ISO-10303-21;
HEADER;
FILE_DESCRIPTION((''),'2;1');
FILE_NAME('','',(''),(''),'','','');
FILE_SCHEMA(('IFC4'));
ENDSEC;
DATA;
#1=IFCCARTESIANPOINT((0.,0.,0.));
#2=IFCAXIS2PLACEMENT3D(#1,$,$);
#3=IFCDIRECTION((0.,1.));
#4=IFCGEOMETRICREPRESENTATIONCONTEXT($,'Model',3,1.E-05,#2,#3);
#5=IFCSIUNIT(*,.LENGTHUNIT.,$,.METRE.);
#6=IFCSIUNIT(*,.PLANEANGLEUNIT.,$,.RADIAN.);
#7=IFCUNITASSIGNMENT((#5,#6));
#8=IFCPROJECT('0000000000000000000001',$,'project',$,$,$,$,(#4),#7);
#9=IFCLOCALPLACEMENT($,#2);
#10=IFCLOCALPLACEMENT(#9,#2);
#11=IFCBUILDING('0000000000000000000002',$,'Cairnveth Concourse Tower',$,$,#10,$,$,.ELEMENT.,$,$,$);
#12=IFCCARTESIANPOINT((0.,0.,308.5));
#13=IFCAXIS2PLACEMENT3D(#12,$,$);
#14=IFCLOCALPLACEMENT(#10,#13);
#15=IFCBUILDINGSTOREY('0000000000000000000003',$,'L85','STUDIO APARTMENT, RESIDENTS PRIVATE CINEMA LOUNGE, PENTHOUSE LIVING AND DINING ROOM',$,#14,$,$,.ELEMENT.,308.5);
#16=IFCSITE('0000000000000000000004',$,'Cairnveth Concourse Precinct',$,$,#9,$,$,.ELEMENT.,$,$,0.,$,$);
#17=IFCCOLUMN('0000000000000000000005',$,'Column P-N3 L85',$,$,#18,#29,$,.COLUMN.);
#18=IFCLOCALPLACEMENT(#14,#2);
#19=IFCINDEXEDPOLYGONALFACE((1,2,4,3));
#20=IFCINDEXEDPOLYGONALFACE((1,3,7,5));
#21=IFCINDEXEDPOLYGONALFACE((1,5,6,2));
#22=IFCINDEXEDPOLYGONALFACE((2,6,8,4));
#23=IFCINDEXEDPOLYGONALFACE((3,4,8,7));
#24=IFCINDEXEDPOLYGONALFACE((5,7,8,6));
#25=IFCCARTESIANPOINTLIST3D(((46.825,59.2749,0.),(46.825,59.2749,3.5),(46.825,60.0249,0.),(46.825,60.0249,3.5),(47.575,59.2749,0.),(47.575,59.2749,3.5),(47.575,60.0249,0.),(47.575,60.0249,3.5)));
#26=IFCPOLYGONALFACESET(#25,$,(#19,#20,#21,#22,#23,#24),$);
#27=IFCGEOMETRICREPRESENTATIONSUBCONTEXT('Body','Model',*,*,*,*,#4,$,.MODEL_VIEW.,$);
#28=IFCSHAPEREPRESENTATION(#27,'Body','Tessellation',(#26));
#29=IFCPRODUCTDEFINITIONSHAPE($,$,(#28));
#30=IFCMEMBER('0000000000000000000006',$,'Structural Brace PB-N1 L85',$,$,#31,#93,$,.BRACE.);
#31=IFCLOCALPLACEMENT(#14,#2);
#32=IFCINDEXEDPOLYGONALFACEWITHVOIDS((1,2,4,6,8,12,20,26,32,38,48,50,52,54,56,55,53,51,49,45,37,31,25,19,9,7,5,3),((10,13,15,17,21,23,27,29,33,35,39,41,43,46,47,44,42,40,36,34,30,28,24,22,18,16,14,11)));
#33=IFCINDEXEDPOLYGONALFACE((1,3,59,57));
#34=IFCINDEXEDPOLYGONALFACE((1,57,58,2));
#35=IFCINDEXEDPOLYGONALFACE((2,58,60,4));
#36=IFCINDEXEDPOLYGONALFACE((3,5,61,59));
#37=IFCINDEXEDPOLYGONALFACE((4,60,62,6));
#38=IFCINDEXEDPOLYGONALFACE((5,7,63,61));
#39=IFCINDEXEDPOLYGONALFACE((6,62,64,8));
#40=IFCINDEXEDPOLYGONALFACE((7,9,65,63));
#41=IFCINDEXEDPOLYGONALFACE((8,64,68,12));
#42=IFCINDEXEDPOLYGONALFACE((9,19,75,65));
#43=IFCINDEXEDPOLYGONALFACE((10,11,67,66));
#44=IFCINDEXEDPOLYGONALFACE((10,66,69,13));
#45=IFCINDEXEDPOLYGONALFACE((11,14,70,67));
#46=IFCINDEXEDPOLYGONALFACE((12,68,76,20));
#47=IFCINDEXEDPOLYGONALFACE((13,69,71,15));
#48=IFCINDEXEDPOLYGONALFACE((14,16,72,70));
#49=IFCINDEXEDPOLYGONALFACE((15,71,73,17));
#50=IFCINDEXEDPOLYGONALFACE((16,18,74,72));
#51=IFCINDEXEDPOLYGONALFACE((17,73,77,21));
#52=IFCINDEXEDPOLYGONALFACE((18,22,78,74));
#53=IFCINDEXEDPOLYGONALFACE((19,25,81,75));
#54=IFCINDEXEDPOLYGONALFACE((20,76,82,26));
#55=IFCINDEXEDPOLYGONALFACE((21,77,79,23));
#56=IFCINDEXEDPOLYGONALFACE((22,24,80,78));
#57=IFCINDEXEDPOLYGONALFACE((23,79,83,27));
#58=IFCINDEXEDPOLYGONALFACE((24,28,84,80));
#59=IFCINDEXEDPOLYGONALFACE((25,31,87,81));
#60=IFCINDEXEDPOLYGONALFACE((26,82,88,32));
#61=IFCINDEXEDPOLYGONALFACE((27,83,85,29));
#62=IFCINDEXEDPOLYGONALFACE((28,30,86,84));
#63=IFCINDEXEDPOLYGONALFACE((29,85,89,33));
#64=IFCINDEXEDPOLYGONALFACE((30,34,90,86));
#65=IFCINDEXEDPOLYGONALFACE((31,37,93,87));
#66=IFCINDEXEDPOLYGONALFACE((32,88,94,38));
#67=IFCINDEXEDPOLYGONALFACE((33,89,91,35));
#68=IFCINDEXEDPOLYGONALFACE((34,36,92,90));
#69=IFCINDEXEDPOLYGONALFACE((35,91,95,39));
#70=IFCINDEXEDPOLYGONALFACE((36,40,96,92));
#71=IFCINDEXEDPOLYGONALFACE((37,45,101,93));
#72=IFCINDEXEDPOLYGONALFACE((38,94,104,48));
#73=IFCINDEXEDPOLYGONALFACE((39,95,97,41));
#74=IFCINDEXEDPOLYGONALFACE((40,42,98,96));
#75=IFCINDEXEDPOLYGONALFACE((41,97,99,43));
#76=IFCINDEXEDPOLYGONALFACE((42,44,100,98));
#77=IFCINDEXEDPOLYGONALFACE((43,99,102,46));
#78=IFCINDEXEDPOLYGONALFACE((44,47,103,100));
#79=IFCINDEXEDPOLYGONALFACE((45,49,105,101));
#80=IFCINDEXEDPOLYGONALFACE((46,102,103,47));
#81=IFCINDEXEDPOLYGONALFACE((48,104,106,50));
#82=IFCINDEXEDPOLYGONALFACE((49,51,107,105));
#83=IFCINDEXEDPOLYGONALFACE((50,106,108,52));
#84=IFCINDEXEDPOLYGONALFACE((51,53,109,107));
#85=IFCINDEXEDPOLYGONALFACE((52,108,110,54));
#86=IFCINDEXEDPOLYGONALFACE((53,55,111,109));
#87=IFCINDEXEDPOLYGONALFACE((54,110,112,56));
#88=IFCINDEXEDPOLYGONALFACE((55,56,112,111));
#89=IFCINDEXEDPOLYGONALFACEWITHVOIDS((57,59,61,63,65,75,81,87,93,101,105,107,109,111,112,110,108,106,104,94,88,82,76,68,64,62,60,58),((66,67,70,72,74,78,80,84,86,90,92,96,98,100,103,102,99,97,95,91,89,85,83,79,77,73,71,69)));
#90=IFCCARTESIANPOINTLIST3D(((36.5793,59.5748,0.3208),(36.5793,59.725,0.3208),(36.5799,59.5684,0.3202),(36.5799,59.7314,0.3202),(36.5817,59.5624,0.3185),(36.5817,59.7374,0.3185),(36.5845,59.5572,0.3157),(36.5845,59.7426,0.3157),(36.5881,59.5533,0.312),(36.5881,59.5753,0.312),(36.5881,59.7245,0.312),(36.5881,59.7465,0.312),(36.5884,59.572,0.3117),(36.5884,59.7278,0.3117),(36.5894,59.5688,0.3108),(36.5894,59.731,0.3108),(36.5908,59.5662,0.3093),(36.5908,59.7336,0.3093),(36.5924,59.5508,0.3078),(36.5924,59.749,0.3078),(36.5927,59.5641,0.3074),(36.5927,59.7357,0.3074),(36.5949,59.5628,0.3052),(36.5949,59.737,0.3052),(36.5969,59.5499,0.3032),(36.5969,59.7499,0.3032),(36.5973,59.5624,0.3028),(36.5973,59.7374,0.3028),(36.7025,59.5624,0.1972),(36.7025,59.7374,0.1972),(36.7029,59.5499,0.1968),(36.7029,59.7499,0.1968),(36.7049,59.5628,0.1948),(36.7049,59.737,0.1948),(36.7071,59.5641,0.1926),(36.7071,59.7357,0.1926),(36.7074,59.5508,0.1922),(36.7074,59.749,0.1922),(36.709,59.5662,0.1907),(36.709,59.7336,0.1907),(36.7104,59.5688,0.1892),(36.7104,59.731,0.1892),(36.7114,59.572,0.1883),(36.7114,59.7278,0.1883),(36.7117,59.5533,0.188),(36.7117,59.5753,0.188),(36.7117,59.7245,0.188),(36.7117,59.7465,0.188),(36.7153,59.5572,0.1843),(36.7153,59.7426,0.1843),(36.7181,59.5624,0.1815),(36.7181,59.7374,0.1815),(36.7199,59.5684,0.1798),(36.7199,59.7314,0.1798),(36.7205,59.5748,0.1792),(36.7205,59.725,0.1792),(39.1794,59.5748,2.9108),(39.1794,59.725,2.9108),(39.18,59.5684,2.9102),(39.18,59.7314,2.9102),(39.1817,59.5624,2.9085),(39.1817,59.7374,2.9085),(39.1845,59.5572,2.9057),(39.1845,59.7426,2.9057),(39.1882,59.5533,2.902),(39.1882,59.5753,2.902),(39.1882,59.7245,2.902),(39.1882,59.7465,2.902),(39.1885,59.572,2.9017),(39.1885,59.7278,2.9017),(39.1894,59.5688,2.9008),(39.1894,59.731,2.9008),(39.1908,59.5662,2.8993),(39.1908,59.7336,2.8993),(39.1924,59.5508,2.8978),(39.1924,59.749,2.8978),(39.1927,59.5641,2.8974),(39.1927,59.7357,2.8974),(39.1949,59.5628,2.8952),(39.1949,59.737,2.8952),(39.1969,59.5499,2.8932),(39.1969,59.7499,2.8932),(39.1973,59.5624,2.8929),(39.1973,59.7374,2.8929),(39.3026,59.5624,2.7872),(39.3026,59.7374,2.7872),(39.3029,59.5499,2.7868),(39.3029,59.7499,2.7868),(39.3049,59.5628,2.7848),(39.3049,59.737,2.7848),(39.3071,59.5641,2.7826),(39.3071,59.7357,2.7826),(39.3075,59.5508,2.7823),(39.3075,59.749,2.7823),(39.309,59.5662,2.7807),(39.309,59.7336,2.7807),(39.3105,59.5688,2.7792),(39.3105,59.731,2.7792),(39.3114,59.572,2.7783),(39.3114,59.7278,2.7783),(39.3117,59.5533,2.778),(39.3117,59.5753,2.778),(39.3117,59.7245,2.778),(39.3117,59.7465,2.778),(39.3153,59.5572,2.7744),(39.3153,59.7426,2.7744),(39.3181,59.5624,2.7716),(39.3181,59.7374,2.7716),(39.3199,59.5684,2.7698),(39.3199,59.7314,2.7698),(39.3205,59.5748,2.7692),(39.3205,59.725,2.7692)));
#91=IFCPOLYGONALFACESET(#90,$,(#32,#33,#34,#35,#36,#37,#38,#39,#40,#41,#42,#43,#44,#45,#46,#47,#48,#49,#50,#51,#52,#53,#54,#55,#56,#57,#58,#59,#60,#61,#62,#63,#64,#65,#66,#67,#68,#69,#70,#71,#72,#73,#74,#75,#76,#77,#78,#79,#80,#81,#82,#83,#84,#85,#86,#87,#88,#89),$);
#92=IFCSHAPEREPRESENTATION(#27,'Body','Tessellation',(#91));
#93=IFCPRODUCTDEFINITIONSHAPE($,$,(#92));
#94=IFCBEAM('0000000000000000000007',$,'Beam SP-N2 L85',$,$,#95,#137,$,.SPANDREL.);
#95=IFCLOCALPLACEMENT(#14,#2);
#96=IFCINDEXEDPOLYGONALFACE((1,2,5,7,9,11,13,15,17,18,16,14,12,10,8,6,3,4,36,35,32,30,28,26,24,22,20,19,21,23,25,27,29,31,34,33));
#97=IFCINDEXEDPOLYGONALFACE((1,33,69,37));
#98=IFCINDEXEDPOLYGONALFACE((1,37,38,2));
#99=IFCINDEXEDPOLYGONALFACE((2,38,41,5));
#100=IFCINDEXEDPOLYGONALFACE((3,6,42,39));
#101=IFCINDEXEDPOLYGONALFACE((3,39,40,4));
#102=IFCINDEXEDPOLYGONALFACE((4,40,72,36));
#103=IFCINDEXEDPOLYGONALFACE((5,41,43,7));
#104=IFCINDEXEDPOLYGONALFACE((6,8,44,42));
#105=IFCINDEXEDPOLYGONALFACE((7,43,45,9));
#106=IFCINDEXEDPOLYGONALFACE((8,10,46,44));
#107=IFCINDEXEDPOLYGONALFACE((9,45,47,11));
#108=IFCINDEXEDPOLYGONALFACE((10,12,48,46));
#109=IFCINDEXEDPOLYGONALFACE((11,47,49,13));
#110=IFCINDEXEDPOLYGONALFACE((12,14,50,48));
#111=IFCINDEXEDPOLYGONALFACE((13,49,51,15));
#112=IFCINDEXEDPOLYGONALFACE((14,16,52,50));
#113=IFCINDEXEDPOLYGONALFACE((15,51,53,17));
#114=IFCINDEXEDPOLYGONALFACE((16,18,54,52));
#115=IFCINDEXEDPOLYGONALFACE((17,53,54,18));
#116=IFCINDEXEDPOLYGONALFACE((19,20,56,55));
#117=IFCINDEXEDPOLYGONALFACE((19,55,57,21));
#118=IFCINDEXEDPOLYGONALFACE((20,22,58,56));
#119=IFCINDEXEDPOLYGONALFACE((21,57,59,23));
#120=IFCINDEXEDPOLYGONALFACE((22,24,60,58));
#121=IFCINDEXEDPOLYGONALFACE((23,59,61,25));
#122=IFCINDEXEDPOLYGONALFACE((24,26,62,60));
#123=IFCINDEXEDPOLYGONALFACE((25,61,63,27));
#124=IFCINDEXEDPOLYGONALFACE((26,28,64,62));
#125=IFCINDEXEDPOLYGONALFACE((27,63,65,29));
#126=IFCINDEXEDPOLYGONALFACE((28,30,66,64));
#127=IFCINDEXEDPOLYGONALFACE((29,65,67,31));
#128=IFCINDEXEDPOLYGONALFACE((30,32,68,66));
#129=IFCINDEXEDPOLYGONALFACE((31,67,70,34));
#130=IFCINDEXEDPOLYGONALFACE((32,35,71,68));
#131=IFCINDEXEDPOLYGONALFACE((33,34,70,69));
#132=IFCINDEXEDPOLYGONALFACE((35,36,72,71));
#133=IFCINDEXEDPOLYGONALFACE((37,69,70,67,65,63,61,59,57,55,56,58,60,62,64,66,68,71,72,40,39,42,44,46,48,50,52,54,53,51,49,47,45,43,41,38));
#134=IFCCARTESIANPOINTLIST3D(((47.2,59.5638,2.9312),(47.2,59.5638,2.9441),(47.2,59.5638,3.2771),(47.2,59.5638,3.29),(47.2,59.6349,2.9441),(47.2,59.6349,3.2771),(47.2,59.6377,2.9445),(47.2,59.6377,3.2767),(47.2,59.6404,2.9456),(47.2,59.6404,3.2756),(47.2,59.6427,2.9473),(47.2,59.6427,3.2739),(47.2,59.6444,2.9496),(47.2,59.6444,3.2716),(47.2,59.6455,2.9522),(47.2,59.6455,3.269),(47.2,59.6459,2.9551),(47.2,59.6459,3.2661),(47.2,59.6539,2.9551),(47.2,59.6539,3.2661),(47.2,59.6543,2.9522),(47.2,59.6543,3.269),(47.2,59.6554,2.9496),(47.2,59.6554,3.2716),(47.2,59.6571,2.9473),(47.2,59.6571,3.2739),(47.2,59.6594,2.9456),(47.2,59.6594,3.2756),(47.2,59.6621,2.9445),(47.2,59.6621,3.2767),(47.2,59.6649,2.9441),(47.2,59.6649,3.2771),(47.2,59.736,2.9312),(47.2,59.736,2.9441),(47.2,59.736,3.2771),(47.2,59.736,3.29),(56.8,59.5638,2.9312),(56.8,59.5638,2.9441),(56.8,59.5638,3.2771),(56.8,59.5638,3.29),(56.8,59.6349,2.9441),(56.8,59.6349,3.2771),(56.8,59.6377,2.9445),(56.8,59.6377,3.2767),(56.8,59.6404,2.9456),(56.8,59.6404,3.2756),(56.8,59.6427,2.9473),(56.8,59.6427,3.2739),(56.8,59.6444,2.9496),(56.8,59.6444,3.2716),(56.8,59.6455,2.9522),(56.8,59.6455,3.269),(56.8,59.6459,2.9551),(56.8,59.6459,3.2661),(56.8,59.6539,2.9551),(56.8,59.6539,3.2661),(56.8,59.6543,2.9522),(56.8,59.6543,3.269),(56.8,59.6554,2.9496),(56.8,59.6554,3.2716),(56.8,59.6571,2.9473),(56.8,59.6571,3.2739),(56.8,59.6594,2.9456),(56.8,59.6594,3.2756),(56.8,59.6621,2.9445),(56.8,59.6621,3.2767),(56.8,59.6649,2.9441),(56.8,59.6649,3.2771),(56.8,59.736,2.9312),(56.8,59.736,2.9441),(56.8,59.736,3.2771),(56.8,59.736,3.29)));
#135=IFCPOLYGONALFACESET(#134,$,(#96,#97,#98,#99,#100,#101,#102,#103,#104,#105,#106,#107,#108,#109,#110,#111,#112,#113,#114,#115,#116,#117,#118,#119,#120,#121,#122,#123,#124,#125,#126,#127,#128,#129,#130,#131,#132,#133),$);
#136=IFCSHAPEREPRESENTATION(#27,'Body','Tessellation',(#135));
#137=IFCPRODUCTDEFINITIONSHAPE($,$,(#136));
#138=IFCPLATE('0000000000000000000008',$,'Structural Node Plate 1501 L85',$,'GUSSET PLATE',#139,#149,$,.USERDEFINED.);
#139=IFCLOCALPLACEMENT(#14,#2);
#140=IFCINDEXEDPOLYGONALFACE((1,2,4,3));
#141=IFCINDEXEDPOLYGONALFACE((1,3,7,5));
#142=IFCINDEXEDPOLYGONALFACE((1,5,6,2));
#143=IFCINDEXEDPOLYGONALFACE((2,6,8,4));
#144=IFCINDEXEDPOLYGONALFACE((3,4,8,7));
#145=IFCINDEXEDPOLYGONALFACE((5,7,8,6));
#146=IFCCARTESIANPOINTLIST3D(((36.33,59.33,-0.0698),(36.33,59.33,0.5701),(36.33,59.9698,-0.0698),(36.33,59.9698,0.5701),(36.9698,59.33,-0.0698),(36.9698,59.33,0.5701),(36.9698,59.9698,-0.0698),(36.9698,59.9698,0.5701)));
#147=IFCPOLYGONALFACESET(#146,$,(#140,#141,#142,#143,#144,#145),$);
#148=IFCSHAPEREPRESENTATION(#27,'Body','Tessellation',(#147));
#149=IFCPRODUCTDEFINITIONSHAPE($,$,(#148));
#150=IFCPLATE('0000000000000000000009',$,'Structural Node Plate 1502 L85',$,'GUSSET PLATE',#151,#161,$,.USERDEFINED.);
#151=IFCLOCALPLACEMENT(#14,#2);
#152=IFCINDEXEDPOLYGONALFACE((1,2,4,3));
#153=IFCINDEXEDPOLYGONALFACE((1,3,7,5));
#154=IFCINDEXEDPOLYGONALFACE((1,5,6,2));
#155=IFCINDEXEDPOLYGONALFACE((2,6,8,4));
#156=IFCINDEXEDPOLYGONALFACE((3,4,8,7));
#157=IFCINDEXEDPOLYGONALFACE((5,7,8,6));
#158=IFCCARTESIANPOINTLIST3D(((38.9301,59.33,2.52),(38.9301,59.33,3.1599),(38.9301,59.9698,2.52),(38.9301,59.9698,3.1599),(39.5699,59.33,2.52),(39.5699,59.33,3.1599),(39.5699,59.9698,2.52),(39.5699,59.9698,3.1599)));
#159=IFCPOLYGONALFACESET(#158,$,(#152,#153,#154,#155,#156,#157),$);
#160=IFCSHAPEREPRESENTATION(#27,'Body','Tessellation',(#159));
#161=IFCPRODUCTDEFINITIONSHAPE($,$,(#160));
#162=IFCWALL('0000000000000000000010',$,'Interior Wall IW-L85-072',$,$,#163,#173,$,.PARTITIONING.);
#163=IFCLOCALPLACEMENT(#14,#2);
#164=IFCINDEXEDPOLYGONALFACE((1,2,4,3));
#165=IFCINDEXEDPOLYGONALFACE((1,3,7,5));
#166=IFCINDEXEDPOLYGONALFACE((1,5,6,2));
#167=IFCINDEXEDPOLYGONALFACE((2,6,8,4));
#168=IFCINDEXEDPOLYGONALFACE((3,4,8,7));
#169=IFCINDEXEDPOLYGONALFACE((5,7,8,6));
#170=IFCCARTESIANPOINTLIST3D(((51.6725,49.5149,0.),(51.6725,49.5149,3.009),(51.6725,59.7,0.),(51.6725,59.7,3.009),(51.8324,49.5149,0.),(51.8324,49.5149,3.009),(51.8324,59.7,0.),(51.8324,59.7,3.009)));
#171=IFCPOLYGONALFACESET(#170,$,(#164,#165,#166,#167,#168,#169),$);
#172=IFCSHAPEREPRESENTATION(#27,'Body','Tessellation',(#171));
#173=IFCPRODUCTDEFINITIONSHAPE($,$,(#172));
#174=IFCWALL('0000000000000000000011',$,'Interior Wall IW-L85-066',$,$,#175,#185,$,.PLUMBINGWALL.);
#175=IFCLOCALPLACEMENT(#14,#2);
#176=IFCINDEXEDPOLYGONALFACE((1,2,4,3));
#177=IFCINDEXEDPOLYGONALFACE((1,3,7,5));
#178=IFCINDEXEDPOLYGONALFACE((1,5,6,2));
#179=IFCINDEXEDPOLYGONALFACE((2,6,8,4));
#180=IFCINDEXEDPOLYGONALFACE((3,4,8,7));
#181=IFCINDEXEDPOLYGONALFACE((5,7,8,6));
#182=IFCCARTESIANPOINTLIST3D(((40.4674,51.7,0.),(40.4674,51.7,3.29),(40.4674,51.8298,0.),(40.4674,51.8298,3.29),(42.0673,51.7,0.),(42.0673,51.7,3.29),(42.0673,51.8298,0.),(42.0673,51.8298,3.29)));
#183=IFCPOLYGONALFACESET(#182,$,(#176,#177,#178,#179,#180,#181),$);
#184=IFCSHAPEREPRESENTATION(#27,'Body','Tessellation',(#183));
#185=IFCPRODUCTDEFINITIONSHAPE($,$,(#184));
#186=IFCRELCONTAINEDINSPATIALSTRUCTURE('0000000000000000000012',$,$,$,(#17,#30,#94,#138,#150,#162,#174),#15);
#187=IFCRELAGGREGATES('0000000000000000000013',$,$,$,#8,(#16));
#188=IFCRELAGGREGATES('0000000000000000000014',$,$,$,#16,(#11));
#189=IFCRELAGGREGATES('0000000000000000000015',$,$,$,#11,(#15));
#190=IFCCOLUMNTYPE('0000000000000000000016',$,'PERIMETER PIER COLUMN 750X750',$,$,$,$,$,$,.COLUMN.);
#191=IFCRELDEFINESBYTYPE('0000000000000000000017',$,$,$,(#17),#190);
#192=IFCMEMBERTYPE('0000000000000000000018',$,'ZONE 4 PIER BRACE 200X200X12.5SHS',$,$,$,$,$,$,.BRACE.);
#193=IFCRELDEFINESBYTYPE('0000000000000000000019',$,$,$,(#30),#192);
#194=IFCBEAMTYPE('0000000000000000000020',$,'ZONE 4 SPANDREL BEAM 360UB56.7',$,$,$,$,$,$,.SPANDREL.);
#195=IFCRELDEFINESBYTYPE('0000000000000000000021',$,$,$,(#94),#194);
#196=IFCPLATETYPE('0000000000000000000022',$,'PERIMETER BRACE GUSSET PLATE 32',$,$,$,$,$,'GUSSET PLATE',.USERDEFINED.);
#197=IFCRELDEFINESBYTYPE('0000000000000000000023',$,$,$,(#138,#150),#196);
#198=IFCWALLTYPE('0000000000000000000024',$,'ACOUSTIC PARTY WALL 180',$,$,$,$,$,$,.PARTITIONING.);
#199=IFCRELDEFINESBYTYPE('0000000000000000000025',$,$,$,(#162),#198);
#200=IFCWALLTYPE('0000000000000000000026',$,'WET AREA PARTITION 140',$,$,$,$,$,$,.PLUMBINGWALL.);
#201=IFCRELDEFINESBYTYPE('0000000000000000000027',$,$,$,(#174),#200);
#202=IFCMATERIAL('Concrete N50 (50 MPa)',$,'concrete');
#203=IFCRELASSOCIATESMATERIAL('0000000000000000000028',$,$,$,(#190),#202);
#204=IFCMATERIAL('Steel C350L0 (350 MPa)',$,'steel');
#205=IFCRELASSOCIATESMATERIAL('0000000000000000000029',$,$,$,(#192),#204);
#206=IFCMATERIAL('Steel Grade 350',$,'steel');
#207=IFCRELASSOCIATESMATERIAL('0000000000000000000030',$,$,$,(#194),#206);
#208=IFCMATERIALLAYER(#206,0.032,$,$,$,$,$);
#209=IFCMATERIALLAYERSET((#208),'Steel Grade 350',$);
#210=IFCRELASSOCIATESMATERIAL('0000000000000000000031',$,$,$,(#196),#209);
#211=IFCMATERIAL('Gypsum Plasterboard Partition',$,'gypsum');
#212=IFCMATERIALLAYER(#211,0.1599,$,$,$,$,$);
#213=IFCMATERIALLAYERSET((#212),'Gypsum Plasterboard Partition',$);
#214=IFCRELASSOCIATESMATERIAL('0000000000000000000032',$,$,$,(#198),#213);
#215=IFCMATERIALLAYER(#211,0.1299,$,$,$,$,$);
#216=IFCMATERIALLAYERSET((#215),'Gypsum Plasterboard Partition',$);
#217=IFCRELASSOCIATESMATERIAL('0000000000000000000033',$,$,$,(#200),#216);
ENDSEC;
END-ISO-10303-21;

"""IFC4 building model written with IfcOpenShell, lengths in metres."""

from ifc_helpers import new_model, si_unit, direction, frame, frame_2d, origin, origin_2d, place, context, subcontext, project, spatial, rectangle, hollow_rectangle, i_section, extrude, material, layer, layer_set, material_profile, profile_set, type_object, element, save


model = new_model("IFC4")

# Units and contexts
model_context = context("Model", 3, precision=1e-05, world=origin(), true_north=direction((0.0, 1.0)))
body_context = subcontext(model_context, "Body", "Model", "MODEL_VIEW")
ifc_project = project(units=[si_unit("LENGTHUNIT", "METRE"), si_unit("PLANEANGLEUNIT", "RADIAN")], contexts=[model_context])

# Site, building, storey
site_placement = place(None, origin())
site = spatial("IfcSite", under=ifc_project, at=site_placement, Name="Cairnveth Concourse Precinct", CompositionType="ELEMENT", RefElevation=0.0)
building_placement = place(site_placement, origin())
building = spatial("IfcBuilding", under=site, at=building_placement, Name="Cairnveth Concourse Tower", CompositionType="ELEMENT")
storey_placement = place(building_placement, frame((0.0, 0.0, 308.5)))
storey = spatial("IfcBuildingStorey", under=building, at=storey_placement, Name="L85", Description="STUDIO APARTMENT, RESIDENTS PRIVATE CINEMA LOUNGE, PENTHOUSE LIVING AND DINING ROOM", CompositionType="ELEMENT", Elevation=308.5)

# Column
ifc_material_1 = material(Name="Concrete N50 (50 MPa)", Category="concrete")
ifc_material_profile_1 = material_profile(ifc_material_1, rectangle(XDim=0.75, YDim=0.75, at=origin_2d()), Name="RC-COL-750x750")
ifc_profile_set_1 = profile_set([ifc_material_profile_1], Name="Concrete N50 (50 MPa)")
column_type = type_object("IfcColumnType", Name="PERIMETER PIER COLUMN 750X750", PredefinedType="COLUMN", material=ifc_profile_set_1)
column_placement = place(storey_placement, frame((47.2, 59.6499, 0.0), z_axis=(0.0, 0.0, 1.0), x_axis=(1.0, 0.0, 0.0)))
element("IfcColumn", 1, at=column_placement, inside=storey, type_object=column_type, Name="Column P-N3 L85", PredefinedType="COLUMN", context=body_context, shape_type="SweptSolid", body=[
    extrude(rectangle(XDim=0.75, YDim=0.75, at=origin_2d()), origin(), (0.0, 0.0, 1.0), 3.5),
])

# Member
ifc_material_2 = material(Name="Steel C350L0 (350 MPa)", Category="steel")
ifc_material_profile_2 = material_profile(ifc_material_2, hollow_rectangle(XDim=0.2, YDim=0.2, WallThickness=0.0125, InnerFilletRadius=0.0129, OuterFilletRadius=0.0249, at=origin_2d()), Name="200x200x12.5SHS")
ifc_profile_set_2 = profile_set([ifc_material_profile_2], Name="Steel C350L0 (350 MPa)")
member_type = type_object("IfcMemberType", Name="ZONE 4 PIER BRACE 200X200X12.5SHS", PredefinedType="BRACE", material=ifc_profile_set_2)
member_placement = place(storey_placement, frame((36.6499, 59.6499, 0.25), z_axis=(0.708469, 0.0, 0.705742), x_axis=(0.0, 1.0, 0.0)))
element("IfcMember", 2, at=member_placement, inside=storey, type_object=member_type, Name="Structural Brace PB-N1 L85", PredefinedType="BRACE", context=body_context, shape_type="SweptSolid", body=[
    extrude(hollow_rectangle(XDim=0.2, YDim=0.2, WallThickness=0.0125, InnerFilletRadius=0.0129, OuterFilletRadius=0.0249, at=origin_2d()), origin(), (0.0, 0.0, 1.0), 3.6699),
])

# Beam
ifc_material_3 = material(Name="Steel Grade 350", Category="steel")
ifc_material_profile_3 = material_profile(ifc_material_3, i_section(OverallWidth=0.1721, OverallDepth=0.3589, WebThickness=0.0081, FlangeThickness=0.0129, FilletRadius=0.011, at=origin_2d()), Name="360UB56.7")
ifc_profile_set_3 = profile_set([ifc_material_profile_3], Name="Steel Grade 350")
beam_type = type_object("IfcBeamType", Name="ZONE 4 SPANDREL BEAM 360UB56.7", PredefinedType="SPANDREL", material=ifc_profile_set_3)
beam_placement = place(storey_placement, frame((47.2, 59.6499, 3.1106), z_axis=(1.0, 0.0, 0.0), x_axis=(0.0, 1.0, 0.0)))
element("IfcBeam", 3, at=beam_placement, inside=storey, type_object=beam_type, Name="Beam SP-N2 L85", PredefinedType="SPANDREL", context=body_context, shape_type="SweptSolid", body=[
    extrude(i_section(OverallWidth=0.1721, OverallDepth=0.3589, WebThickness=0.0081, FlangeThickness=0.0129, FilletRadius=0.011, at=origin_2d()), origin(), (0.0, 0.0, 1.0), 9.6001),
])

# Plates
ifc_layer_1 = layer(ifc_material_3, 0.032)
ifc_layer_set_1 = layer_set([ifc_layer_1], Name="Steel Grade 350")
plate_type = type_object("IfcPlateType", Name="PERIMETER BRACE GUSSET PLATE 32", ElementType="GUSSET PLATE", PredefinedType="USERDEFINED", material=ifc_layer_set_1)
for number, where, z_axis, x_axis, name in (
    (4, (36.6499, 59.6499, -0.0698), (0.0, 0.0, 1.0), (1.0, 0.0, 0.0), "Structural Node Plate 1501 L85"),
    (5, (39.25, 59.6499, 2.52), (0.0, 0.0, 1.0), (1.0, 0.0, 0.0), "Structural Node Plate 1502 L85"),
):
    element("IfcPlate", number, at=place(storey_placement, frame(where, z_axis=z_axis, x_axis=x_axis)), inside=storey, type_object=plate_type, Name=name, ObjectType="GUSSET PLATE", PredefinedType="USERDEFINED", context=body_context, shape_type="SweptSolid", body=[
        extrude(rectangle(XDim=0.6399, YDim=0.6399, at=origin_2d()), origin(), (0.0, 0.0, 1.0), 0.6399),
    ])

# Walls
ifc_material_4 = material(Name="Gypsum Plasterboard Partition", Category="gypsum")
ifc_layer_2 = layer(ifc_material_4, 0.1599)
ifc_layer_set_2 = layer_set([ifc_layer_2], Name="Gypsum Plasterboard Partition")
wall_type_1 = type_object("IfcWallType", Name="ACOUSTIC PARTY WALL 180", PredefinedType="PARTITIONING", material=ifc_layer_set_2)
wall_1_placement = place(storey_placement, frame((51.7524, 49.5149, 0.0), z_axis=(0.0, 0.0, 1.0), x_axis=(0.0, 1.0, 0.0)))
element("IfcWall", 6, at=wall_1_placement, inside=storey, type_object=wall_type_1, Name="Interior Wall IW-L85-072", PredefinedType="PARTITIONING", context=body_context, shape_type="SweptSolid", body=[
    extrude(rectangle(XDim=10.1851, YDim=0.1599, at=frame_2d((5.0925, 0.0))), origin(), (0.0, 0.0, 1.0), 3.009),
])
ifc_layer_3 = layer(ifc_material_4, 0.1299)
ifc_layer_set_3 = layer_set([ifc_layer_3], Name="Gypsum Plasterboard Partition")
wall_type_2 = type_object("IfcWallType", Name="WET AREA PARTITION 140", PredefinedType="PLUMBINGWALL", material=ifc_layer_set_3)
wall_2_placement = place(storey_placement, frame((40.4675, 51.7649, 0.0), z_axis=(0.0, 0.0, 1.0), x_axis=(1.0, 0.0, 0.0)))
element("IfcWall", 7, at=wall_2_placement, inside=storey, type_object=wall_type_2, Name="Interior Wall IW-L85-066", PredefinedType="PLUMBINGWALL", context=body_context, shape_type="SweptSolid", body=[
    extrude(rectangle(XDim=1.5999, YDim=0.1299, at=frame_2d((0.7998, 0.0))), origin(), (0.0, 0.0, 1.0), 3.29),
])

save(model, "model.ifc")
